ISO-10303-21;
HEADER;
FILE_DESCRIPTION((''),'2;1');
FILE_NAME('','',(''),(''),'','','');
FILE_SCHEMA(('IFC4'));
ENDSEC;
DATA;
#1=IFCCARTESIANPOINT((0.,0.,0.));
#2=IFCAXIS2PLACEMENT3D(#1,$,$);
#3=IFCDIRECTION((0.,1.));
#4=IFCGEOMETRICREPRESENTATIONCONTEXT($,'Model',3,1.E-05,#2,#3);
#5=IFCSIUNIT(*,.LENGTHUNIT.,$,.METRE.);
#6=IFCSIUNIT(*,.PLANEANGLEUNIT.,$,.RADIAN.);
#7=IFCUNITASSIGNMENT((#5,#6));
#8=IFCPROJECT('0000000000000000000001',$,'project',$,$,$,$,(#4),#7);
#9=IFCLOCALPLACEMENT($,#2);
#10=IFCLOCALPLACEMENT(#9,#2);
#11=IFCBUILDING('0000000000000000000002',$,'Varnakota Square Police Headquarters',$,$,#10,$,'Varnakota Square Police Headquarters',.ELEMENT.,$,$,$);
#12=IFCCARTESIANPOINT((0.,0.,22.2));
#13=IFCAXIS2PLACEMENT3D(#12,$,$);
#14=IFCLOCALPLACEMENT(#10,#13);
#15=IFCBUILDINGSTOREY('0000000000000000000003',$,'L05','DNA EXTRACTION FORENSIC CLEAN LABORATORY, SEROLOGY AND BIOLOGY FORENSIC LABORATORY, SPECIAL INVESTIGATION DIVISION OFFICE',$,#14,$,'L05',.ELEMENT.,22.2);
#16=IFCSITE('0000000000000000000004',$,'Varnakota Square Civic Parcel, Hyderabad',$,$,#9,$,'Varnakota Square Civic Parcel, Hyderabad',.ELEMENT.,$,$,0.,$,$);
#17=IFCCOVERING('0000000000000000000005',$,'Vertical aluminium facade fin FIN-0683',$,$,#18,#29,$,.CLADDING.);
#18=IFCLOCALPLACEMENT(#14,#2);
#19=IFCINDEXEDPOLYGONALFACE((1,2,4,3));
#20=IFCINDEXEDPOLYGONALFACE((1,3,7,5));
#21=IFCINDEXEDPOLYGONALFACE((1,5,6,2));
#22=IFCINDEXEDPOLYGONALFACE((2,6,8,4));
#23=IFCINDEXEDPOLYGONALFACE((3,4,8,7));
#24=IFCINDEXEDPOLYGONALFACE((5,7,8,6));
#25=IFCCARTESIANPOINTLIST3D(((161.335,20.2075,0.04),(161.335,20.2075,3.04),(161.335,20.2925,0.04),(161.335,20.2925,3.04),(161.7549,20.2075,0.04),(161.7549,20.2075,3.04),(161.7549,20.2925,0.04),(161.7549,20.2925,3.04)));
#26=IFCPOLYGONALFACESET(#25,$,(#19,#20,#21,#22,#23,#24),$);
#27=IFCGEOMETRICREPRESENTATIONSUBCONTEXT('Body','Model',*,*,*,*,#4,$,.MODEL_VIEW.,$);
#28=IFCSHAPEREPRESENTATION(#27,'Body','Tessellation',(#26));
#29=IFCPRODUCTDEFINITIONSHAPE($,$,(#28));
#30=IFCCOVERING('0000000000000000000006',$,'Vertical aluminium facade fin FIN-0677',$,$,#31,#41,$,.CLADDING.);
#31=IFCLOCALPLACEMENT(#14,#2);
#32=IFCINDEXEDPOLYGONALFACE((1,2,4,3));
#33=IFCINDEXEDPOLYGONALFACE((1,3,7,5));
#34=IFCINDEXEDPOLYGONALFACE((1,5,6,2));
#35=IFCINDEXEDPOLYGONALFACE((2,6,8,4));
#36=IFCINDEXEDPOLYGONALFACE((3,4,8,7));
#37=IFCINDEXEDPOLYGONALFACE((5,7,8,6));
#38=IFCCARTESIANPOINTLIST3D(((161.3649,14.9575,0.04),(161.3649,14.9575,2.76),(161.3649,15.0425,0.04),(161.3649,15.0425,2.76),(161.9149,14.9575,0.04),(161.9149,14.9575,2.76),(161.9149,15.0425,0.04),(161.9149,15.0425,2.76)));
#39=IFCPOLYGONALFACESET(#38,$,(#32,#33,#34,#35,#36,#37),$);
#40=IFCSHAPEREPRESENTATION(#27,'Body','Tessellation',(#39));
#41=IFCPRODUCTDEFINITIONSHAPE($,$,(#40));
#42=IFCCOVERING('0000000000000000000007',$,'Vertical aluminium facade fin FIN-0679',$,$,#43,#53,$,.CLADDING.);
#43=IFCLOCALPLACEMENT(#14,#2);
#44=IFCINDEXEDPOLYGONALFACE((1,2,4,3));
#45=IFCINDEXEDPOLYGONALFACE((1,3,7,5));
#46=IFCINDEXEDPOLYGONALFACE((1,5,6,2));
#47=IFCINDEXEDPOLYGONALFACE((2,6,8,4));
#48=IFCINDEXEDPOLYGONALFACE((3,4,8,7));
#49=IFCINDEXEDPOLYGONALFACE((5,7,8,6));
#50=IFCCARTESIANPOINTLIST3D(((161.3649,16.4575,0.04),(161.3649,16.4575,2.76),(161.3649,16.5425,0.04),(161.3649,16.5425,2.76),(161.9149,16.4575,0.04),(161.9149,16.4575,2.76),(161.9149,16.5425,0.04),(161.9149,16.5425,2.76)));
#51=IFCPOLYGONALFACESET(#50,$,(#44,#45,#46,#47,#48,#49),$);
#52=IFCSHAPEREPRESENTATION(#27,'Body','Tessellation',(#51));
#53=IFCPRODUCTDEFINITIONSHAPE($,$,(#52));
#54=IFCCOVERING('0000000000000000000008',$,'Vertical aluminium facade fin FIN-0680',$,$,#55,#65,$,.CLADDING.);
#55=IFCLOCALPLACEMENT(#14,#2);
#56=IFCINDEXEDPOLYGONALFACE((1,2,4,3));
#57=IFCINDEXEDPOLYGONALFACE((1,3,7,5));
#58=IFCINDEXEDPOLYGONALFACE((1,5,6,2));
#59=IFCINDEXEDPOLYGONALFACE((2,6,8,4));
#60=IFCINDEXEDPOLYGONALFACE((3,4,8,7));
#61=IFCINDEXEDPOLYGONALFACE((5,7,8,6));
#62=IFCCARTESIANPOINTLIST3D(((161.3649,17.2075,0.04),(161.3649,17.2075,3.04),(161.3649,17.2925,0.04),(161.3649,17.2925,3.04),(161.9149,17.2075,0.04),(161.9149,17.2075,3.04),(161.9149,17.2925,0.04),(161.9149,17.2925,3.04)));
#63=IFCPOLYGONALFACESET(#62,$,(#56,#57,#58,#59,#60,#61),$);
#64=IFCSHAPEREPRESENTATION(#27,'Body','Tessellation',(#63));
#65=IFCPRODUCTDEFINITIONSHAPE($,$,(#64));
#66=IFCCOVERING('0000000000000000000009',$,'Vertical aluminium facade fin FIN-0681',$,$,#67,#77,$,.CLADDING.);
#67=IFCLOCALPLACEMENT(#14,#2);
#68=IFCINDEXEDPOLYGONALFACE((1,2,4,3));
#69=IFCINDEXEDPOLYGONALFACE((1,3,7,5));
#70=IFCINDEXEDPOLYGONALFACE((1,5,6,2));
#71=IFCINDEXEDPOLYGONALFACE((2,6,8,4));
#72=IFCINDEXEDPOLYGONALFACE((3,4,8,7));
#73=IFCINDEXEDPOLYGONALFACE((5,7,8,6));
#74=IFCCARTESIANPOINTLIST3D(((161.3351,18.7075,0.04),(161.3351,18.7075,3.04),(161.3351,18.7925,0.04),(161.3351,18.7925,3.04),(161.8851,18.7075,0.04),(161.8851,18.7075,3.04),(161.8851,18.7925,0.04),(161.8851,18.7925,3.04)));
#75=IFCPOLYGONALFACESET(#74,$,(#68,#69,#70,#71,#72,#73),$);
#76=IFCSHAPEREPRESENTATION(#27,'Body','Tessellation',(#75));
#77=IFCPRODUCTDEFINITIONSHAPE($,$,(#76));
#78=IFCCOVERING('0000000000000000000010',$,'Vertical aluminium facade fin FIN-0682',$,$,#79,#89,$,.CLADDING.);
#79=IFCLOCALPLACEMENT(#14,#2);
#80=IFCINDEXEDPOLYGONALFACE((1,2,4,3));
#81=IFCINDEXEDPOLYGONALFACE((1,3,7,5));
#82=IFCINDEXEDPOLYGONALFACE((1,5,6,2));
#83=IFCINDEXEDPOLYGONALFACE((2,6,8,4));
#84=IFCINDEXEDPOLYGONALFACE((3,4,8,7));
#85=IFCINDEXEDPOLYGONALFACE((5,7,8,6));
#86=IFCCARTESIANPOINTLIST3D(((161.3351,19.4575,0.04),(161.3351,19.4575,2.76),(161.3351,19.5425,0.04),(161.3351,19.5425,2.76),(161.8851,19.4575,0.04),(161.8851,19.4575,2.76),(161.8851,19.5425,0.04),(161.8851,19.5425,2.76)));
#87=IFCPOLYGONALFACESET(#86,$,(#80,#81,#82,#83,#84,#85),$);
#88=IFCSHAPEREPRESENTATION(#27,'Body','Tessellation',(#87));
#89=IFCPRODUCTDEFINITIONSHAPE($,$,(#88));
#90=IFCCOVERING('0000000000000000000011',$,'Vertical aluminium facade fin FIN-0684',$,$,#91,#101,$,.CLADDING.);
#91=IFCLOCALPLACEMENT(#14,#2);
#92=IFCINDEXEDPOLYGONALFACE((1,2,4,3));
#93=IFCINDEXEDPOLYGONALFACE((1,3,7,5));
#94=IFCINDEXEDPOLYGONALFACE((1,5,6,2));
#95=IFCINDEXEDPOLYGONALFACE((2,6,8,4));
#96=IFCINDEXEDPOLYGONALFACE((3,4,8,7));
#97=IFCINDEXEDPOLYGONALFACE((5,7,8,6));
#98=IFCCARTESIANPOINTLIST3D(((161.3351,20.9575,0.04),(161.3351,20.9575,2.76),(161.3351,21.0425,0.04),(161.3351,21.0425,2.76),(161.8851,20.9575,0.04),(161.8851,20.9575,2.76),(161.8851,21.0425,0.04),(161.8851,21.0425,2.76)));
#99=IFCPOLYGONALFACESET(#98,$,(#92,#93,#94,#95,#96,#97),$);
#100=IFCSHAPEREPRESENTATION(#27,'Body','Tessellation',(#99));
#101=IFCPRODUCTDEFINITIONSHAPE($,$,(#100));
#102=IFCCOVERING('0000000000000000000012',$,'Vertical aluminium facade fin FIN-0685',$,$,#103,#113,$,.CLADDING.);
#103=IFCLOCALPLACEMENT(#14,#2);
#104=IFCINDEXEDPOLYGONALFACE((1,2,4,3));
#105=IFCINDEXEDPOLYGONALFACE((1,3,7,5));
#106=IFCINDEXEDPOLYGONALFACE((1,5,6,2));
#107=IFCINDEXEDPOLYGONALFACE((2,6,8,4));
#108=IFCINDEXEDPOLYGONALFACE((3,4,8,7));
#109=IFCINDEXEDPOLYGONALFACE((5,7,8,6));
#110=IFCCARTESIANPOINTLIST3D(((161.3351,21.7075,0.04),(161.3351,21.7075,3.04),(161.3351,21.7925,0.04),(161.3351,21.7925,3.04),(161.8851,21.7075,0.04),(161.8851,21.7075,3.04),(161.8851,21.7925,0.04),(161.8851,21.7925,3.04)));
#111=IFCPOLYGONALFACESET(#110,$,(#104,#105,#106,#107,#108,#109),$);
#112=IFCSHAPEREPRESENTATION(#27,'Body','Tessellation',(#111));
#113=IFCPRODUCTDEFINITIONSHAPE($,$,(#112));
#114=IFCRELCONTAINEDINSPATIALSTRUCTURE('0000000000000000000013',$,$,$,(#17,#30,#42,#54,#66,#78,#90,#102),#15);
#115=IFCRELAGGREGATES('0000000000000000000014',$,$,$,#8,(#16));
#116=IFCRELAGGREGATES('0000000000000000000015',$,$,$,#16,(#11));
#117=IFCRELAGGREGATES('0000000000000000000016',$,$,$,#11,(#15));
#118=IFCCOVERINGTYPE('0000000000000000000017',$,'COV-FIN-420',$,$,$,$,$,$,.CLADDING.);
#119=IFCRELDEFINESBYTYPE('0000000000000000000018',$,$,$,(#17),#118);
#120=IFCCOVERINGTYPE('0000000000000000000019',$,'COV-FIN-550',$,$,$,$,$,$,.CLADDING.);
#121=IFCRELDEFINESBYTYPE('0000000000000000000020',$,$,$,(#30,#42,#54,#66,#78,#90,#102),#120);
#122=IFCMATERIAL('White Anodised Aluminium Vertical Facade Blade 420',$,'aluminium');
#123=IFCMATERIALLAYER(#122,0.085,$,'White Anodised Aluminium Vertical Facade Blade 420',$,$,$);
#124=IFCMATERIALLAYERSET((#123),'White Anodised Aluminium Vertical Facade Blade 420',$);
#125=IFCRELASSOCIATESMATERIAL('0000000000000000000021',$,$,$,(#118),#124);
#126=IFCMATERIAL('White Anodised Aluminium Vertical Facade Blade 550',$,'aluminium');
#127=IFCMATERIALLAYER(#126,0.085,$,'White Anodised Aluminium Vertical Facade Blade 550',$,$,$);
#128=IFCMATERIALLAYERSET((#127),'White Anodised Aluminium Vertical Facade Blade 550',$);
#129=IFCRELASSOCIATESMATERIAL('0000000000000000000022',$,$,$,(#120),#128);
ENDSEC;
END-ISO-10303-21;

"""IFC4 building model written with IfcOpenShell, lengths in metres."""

from ifc_helpers import new_model, si_unit, direction, frame, origin, origin_2d, place, context, subcontext, project, spatial, rectangle, extrude, material, layer, layer_set, type_object, element, save


model = new_model("IFC4")

# Units and contexts
model_context = context("Model", 3, precision=1e-05, world=origin(), true_north=direction((0.0, 1.0)))
body_context = subcontext(model_context, "Body", "Model", "MODEL_VIEW")
ifc_project = project(units=[si_unit("LENGTHUNIT", "METRE"), si_unit("PLANEANGLEUNIT", "RADIAN")], contexts=[model_context])

# Site, building, storey
site_placement = place(None, origin())
site = spatial("IfcSite", under=ifc_project, at=site_placement, Name="Varnakota Square Civic Parcel, Hyderabad", LongName="Varnakota Square Civic Parcel, Hyderabad", CompositionType="ELEMENT", RefElevation=0.0)
building_placement = place(site_placement, origin())
building = spatial("IfcBuilding", under=site, at=building_placement, Name="Varnakota Square Police Headquarters", LongName="Varnakota Square Police Headquarters", CompositionType="ELEMENT")
storey_placement = place(building_placement, frame((0.0, 0.0, 22.2)))
storey = spatial("IfcBuildingStorey", under=building, at=storey_placement, Name="L05", Description="DNA EXTRACTION FORENSIC CLEAN LABORATORY, SEROLOGY AND BIOLOGY FORENSIC LABORATORY, SPECIAL INVESTIGATION DIVISION OFFICE", LongName="L05", CompositionType="ELEMENT", Elevation=22.2)

# Coverings
ifc_material_1 = material(Name="White Anodised Aluminium Vertical Facade Blade 420", Category="aluminium")
ifc_layer_1 = layer(ifc_material_1, 0.085, Name="White Anodised Aluminium Vertical Facade Blade 420")
ifc_layer_set_1 = layer_set([ifc_layer_1], Name="White Anodised Aluminium Vertical Facade Blade 420")
covering_type_1 = type_object("IfcCoveringType", Name="COV-FIN-420", PredefinedType="CLADDING", material=ifc_layer_set_1)
for number, where, z_axis, x_axis, name in (
    (1, (161.5449, 20.25, 0.04), (0.0, 0.0, 1.0), (0.0, 1.0, 0.0), "Vertical aluminium facade fin FIN-0683"),
):
    element("IfcCovering", number, at=place(storey_placement, frame(where, z_axis=z_axis, x_axis=x_axis)), inside=storey, type_object=covering_type_1, Name=name, PredefinedType="CLADDING", context=body_context, shape_type="SweptSolid", body=[
        extrude(rectangle(XDim=0.085, YDim=0.4199, at=origin_2d()), origin(), (0.0, 0.0, 1.0), 3.0),
    ])
ifc_material_2 = material(Name="White Anodised Aluminium Vertical Facade Blade 550", Category="aluminium")
ifc_layer_2 = layer(ifc_material_2, 0.085, Name="White Anodised Aluminium Vertical Facade Blade 550")
ifc_layer_set_2 = layer_set([ifc_layer_2], Name="White Anodised Aluminium Vertical Facade Blade 550")
covering_type_2 = type_object("IfcCoveringType", Name="COV-FIN-550", PredefinedType="CLADDING", material=ifc_layer_set_2)
for number, where, z_axis, x_axis, name in (
    (2, (161.6399, 15.0, 0.04), (0.0, 0.0, 1.0), (0.0, 1.0, 0.0), "Vertical aluminium facade fin FIN-0677"),
    (3, (161.6399, 16.5, 0.04), (0.0, 0.0, 1.0), (0.0, 1.0, 0.0), "Vertical aluminium facade fin FIN-0679"),
):
    element("IfcCovering", number, at=place(storey_placement, frame(where, z_axis=z_axis, x_axis=x_axis)), inside=storey, type_object=covering_type_2, Name=name, PredefinedType="CLADDING", context=body_context, shape_type="SweptSolid", body=[
        extrude(rectangle(XDim=0.085, YDim=0.55, at=origin_2d()), origin(), (0.0, 0.0, 1.0), 2.72),
    ])
for number, where, z_axis, x_axis, name in (
    (4, (161.6399, 17.25, 0.04), (0.0, 0.0, 1.0), (0.0, 1.0, 0.0), "Vertical aluminium facade fin FIN-0680"),
    (5, (161.6101, 18.75, 0.04), (0.0, 0.0, 1.0), (0.0, 1.0, 0.0), "Vertical aluminium facade fin FIN-0681"),
):
    element("IfcCovering", number, at=place(storey_placement, frame(where, z_axis=z_axis, x_axis=x_axis)), inside=storey, type_object=covering_type_2, Name=name, PredefinedType="CLADDING", context=body_context, shape_type="SweptSolid", body=[
        extrude(rectangle(XDim=0.085, YDim=0.55, at=origin_2d()), origin(), (0.0, 0.0, 1.0), 3.0),
    ])
for number, where, z_axis, x_axis, name in (
    (6, (161.6101, 19.5, 0.04), (0.0, 0.0, 1.0), (0.0, 1.0, 0.0), "Vertical aluminium facade fin FIN-0682"),
    (7, (161.6101, 21.0, 0.04), (0.0, 0.0, 1.0), (0.0, 1.0, 0.0), "Vertical aluminium facade fin FIN-0684"),
):
    element("IfcCovering", number, at=place(storey_placement, frame(where, z_axis=z_axis, x_axis=x_axis)), inside=storey, type_object=covering_type_2, Name=name, PredefinedType="CLADDING", context=body_context, shape_type="SweptSolid", body=[
        extrude(rectangle(XDim=0.085, YDim=0.55, at=origin_2d()), origin(), (0.0, 0.0, 1.0), 2.72),
    ])
covering_placement = place(storey_placement, frame((161.6101, 21.75, 0.04), z_axis=(0.0, 0.0, 1.0), x_axis=(0.0, 1.0, 0.0)))
element("IfcCovering", 8, at=covering_placement, inside=storey, type_object=covering_type_2, Name="Vertical aluminium facade fin FIN-0685", PredefinedType="CLADDING", context=body_context, shape_type="SweptSolid", body=[
    extrude(rectangle(XDim=0.085, YDim=0.55, at=origin_2d()), origin(), (0.0, 0.0, 1.0), 3.0),
])

save(model, "model.ifc")
